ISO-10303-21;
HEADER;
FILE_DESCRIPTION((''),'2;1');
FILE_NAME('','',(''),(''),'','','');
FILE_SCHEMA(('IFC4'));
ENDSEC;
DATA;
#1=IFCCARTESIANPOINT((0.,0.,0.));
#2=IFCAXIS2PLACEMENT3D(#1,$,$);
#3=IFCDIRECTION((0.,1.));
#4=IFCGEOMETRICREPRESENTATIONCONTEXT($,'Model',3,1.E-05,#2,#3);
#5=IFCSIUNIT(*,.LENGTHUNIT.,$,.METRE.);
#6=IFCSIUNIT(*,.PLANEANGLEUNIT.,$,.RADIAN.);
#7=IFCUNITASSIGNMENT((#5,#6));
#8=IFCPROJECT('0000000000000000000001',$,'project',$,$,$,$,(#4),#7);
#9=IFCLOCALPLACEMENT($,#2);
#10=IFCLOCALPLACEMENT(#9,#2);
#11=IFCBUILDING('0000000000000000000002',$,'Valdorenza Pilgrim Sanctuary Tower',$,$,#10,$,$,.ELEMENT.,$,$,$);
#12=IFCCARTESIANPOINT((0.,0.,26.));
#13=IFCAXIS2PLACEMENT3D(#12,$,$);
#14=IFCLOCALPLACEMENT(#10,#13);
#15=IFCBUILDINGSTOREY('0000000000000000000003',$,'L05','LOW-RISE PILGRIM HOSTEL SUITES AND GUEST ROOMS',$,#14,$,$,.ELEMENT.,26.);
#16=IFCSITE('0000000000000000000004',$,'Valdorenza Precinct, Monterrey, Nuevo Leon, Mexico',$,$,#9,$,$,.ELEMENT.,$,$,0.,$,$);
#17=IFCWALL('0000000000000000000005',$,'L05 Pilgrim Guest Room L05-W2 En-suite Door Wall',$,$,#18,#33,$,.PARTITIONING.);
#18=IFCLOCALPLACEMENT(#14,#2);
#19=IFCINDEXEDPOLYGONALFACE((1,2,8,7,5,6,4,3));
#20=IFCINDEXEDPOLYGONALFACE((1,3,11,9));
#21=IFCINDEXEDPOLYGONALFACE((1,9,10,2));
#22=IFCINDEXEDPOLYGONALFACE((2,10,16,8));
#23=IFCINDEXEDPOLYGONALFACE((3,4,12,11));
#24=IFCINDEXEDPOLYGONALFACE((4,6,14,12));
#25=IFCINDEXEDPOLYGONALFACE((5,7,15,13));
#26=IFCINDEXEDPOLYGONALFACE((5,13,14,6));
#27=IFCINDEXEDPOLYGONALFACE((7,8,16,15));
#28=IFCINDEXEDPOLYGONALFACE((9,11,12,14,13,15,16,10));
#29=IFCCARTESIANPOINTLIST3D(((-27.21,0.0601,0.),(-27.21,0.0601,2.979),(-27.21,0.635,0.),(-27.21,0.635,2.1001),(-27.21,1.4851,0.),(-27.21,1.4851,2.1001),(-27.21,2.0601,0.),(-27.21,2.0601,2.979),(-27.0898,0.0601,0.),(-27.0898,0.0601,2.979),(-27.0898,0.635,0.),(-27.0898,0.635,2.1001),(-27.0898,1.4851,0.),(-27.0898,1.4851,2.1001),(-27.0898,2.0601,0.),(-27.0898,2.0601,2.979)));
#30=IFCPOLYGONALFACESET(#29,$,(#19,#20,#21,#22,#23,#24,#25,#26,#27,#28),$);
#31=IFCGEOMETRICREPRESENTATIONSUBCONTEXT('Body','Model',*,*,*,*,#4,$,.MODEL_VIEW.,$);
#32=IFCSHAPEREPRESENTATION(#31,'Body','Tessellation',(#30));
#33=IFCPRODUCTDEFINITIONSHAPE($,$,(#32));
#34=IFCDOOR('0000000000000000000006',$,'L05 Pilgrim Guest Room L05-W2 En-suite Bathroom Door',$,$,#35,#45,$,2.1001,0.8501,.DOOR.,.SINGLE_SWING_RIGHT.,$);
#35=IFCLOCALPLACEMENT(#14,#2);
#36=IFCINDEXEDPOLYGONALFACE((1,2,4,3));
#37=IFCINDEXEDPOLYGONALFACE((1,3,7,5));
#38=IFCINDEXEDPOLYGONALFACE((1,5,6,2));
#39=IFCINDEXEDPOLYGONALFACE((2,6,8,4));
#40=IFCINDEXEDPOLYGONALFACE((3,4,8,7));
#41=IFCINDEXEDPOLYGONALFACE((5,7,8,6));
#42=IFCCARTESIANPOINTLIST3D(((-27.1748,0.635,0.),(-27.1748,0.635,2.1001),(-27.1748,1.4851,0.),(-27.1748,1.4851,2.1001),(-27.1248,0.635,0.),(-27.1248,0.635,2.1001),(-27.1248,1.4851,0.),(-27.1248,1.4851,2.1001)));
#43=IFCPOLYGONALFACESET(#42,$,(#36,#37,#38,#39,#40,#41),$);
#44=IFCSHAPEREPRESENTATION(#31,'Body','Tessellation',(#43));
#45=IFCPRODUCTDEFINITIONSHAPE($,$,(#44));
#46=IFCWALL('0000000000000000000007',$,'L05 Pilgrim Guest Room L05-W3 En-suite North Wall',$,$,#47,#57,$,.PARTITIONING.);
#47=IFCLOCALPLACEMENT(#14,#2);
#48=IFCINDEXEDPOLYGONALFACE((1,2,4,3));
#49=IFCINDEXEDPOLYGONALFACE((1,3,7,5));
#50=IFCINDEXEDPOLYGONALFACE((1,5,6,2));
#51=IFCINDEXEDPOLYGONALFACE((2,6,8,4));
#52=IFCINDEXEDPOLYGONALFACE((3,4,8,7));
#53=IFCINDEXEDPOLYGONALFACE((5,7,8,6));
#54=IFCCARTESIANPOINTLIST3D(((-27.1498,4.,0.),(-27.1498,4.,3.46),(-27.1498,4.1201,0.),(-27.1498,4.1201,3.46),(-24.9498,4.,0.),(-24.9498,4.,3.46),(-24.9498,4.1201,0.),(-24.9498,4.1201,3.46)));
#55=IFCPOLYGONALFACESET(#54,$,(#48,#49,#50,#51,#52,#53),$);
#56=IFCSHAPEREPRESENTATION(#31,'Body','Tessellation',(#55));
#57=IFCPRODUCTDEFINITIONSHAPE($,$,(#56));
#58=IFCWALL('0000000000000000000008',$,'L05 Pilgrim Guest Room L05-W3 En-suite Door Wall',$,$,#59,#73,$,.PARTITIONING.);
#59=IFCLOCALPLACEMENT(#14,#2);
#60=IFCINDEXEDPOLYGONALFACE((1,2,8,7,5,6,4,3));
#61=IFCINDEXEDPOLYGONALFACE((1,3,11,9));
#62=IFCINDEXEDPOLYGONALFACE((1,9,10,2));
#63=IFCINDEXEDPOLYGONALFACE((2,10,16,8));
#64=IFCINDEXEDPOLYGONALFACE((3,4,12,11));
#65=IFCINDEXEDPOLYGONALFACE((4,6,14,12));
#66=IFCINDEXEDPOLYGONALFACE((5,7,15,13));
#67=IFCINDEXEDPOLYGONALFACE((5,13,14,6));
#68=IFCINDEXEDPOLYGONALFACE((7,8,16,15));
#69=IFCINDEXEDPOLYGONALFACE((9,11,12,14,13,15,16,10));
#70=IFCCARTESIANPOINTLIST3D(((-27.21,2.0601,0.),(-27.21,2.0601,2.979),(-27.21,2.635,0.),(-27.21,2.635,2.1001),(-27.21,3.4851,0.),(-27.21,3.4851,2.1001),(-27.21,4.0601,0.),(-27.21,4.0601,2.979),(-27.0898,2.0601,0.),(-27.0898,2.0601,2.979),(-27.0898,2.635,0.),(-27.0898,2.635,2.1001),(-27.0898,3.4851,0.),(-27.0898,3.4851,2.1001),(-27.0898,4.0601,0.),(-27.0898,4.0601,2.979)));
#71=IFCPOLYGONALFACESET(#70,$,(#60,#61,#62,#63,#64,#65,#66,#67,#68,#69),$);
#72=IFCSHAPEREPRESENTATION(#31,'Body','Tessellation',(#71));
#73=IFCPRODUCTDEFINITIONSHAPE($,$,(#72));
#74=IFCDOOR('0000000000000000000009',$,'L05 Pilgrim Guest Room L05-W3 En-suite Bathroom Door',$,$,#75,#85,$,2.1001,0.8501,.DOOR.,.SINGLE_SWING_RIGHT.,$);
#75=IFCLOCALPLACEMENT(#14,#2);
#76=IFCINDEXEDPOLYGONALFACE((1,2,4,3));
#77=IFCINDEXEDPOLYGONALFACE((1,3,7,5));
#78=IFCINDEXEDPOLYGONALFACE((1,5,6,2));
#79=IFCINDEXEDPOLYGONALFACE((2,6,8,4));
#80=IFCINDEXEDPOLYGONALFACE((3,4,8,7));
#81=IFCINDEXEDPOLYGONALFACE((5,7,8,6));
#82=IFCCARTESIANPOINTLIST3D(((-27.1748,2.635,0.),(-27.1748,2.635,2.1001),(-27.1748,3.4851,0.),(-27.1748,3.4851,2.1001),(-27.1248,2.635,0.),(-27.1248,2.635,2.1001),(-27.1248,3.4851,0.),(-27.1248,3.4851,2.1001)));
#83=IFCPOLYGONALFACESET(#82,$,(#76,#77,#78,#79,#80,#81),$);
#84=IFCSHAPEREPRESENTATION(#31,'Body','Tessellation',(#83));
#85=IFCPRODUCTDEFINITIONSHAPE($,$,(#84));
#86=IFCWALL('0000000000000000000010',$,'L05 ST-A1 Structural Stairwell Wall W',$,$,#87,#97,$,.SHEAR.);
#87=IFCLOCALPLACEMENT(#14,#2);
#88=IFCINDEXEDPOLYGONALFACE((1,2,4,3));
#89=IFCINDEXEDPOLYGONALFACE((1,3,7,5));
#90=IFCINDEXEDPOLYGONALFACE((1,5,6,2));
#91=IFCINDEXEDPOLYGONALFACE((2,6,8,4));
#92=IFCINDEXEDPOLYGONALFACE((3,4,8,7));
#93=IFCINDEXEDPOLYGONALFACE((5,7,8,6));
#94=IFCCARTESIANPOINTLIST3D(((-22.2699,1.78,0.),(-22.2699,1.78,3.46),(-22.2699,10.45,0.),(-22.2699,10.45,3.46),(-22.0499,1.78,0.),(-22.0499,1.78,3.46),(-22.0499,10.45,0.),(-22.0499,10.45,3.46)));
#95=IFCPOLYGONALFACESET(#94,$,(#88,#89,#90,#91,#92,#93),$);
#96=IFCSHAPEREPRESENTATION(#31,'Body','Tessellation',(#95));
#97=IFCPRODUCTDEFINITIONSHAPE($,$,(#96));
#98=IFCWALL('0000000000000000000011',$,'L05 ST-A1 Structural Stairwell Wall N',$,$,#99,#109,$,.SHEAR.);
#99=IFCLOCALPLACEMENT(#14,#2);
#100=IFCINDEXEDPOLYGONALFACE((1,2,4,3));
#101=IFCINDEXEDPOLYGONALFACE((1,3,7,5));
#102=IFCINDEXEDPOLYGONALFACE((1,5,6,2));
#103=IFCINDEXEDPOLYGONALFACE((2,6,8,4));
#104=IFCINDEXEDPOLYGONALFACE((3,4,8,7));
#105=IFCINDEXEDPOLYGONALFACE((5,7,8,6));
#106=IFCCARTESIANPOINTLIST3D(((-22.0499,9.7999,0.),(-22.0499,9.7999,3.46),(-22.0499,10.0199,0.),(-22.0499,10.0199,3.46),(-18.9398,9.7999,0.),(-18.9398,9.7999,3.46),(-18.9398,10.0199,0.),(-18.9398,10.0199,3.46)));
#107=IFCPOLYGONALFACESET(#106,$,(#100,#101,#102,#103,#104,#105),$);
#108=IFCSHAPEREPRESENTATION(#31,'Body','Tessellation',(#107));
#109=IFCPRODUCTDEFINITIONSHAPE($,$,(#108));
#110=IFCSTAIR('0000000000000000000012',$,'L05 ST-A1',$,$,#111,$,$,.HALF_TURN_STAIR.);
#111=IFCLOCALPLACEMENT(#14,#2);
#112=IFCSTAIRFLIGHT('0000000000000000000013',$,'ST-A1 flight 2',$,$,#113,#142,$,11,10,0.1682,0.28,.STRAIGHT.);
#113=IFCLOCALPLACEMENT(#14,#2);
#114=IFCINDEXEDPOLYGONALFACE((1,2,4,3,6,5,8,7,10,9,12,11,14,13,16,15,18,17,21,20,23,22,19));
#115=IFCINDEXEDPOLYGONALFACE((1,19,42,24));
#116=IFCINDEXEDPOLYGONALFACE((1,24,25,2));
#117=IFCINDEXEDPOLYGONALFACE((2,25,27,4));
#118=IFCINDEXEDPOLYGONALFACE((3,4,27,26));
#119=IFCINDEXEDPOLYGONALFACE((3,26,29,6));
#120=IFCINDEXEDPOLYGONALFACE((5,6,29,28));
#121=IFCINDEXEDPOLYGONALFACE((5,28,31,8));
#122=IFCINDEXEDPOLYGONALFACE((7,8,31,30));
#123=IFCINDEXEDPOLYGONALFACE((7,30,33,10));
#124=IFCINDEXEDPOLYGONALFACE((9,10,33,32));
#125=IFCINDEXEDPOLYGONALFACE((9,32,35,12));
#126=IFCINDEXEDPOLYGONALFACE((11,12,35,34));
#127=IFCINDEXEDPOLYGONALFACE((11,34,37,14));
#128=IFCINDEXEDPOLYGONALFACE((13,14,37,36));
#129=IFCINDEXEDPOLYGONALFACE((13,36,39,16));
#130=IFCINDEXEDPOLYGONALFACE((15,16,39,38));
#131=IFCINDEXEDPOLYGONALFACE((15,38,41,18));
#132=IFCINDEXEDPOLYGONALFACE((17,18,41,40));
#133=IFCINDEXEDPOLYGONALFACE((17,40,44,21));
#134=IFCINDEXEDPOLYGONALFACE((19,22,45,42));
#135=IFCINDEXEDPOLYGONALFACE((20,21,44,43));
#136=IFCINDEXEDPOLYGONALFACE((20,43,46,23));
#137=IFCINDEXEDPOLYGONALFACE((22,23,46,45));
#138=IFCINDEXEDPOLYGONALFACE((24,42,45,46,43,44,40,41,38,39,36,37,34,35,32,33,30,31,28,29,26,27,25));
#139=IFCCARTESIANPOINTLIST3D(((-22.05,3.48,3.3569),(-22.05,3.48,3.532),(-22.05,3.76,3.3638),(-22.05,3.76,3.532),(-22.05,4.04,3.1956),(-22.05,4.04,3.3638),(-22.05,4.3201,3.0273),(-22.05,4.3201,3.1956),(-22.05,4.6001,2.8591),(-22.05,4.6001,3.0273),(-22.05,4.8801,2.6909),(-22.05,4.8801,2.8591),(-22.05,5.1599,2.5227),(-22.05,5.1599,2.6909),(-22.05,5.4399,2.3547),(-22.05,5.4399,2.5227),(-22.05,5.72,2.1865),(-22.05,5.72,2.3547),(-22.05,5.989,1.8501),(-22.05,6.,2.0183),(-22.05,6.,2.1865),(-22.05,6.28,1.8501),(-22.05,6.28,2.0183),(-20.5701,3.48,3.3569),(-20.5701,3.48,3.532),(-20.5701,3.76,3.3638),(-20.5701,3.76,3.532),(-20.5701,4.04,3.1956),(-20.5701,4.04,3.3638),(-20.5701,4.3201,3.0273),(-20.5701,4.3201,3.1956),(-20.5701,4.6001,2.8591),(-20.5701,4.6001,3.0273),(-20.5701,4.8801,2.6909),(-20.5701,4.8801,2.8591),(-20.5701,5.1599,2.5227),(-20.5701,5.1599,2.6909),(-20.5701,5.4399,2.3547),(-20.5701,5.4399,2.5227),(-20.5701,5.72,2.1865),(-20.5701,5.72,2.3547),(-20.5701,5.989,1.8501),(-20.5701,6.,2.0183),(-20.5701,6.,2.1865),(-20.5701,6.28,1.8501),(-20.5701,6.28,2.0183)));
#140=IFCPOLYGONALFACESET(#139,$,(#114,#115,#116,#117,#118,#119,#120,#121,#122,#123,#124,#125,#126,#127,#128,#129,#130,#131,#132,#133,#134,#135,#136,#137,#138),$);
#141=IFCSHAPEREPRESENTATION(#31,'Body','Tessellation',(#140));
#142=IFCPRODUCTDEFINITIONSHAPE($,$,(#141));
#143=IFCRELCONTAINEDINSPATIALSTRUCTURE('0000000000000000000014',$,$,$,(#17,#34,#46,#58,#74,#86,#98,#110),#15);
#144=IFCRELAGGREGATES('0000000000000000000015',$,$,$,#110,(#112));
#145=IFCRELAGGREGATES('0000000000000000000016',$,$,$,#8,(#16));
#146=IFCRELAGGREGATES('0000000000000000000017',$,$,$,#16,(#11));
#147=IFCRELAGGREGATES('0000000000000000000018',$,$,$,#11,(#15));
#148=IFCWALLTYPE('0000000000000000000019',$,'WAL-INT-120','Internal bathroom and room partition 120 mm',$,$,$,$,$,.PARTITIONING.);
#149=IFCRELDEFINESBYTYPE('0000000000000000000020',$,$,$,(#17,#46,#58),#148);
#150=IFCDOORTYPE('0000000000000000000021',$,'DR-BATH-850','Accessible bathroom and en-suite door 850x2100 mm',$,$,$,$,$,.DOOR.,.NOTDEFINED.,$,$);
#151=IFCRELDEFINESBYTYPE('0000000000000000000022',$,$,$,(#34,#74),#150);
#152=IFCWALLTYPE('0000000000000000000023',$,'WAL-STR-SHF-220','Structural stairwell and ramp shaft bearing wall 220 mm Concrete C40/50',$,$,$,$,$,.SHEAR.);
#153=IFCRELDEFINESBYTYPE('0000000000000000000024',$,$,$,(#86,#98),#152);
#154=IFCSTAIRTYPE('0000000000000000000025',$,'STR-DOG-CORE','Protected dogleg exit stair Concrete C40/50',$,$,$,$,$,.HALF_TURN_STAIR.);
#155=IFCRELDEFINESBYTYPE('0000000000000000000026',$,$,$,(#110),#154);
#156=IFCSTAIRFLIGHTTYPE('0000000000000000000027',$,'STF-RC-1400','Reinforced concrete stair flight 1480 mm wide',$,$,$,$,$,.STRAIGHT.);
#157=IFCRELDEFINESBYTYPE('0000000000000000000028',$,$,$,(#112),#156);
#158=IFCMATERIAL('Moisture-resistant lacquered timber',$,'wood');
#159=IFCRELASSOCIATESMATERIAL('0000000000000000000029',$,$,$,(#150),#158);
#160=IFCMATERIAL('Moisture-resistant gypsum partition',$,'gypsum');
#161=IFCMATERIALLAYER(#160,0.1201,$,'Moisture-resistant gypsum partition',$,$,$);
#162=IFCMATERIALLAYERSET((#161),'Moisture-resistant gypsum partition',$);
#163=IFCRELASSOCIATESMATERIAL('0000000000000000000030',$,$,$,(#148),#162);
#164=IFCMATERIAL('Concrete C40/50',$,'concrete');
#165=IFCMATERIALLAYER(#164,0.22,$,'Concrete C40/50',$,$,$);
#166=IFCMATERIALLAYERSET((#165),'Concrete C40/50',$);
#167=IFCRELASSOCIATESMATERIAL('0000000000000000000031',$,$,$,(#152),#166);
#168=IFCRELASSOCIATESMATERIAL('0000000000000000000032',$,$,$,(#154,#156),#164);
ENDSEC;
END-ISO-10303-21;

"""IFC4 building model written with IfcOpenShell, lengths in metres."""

from ifc_helpers import new_model, si_unit, direction, frame, frame_2d, origin, place, context, subcontext, project, spatial, polyline, rectangle, outline, extrude, material, layer, layer_set, type_object, element, fill, aggregate, save


model = new_model("IFC4")

# Units and contexts
model_context = context("Model", 3, precision=1e-05, world=origin(), true_north=direction((0.0, 1.0)))
body_context = subcontext(model_context, "Body", "Model", "MODEL_VIEW")
ifc_project = project(units=[si_unit("LENGTHUNIT", "METRE"), si_unit("PLANEANGLEUNIT", "RADIAN")], contexts=[model_context])

# Site, building, storey
site_placement = place(None, origin())
site = spatial("IfcSite", under=ifc_project, at=site_placement, Name="Valdorenza Precinct, Monterrey, Nuevo Leon, Mexico", CompositionType="ELEMENT", RefElevation=0.0)
building_placement = place(site_placement, origin())
building = spatial("IfcBuilding", under=site, at=building_placement, Name="Valdorenza Pilgrim Sanctuary Tower", CompositionType="ELEMENT")
storey_placement = place(building_placement, frame((0.0, 0.0, 26.0)))
storey = spatial("IfcBuildingStorey", under=building, at=storey_placement, Name="L05", Description="LOW-RISE PILGRIM HOSTEL SUITES AND GUEST ROOMS", CompositionType="ELEMENT", Elevation=26.0)

# Shared definitions
ifc_material_1 = material(Name="Moisture-resistant lacquered timber", Category="wood")
door_type_1 = type_object("IfcDoorType", Name="DR-BATH-850", Description="Accessible bathroom and en-suite door 850x2100 mm", OperationType="NOTDEFINED", PredefinedType="DOOR", material=ifc_material_1)

# Shared definitions
ifc_material_2 = material(Name="Moisture-resistant gypsum partition", Category="gypsum")
ifc_layer_1 = layer(ifc_material_2, 0.1201, Name="Moisture-resistant gypsum partition")
ifc_layer_set_1 = layer_set([ifc_layer_1], Name="Moisture-resistant gypsum partition")
wall_type_1 = type_object("IfcWallType", Name="WAL-INT-120", Description="Internal bathroom and room partition 120 mm", PredefinedType="PARTITIONING", material=ifc_layer_set_1)

# Wall, opening, door
wall_1_placement = place(storey_placement, frame((-27.1499, 0.0601, 0.0), z_axis=(0.0, 0.0, 1.0), x_axis=(0.0, 1.0, 0.0)))
wall_1 = element("IfcWall", 1, at=wall_1_placement, inside=storey, type_object=wall_type_1, Name="L05 Pilgrim Guest Room L05-W2 En-suite Door Wall", PredefinedType="PARTITIONING", context=body_context, shape_type="SweptSolid", body=[
    extrude(rectangle(XDim=2.0, YDim=0.1201, at=frame_2d((1.0, 0.0))), origin(), (0.0, 0.0, 1.0), 2.979),
])
opening_1_placement = place(wall_1_placement, frame((0.575, 0.0, 0.0)))
opening_1 = element("IfcOpeningElement", 2, at=opening_1_placement, cuts=wall_1, PredefinedType="OPENING", context=body_context, shape_type="SweptSolid", body=[
    extrude(rectangle(XDim=0.8501, YDim=2.1001, at=frame_2d((0.425, 1.05))), frame((0.0, 0.075, 0.0), z_axis=(0.0, -1.0, 0.0), x_axis=(1.0, 0.0, 0.0)), (0.0, 0.0, 1.0), 0.1499),
])
door_1_placement = place(opening_1_placement, origin())
door_1 = element("IfcDoor", 3, at=door_1_placement, inside=storey, type_object=door_type_1, Name="L05 Pilgrim Guest Room L05-W2 En-suite Bathroom Door", OperationType="SINGLE_SWING_RIGHT", OverallHeight=2.1001, OverallWidth=0.8501, PredefinedType="DOOR", context=body_context, shape_type="SweptSolid", body=[
    extrude(rectangle(XDim=0.8501, YDim=2.1001, at=frame_2d((0.425, 1.05))), frame((0.0, 0.0249, 0.0), z_axis=(0.0, -1.0, 0.0), x_axis=(1.0, 0.0, 0.0)), (0.0, 0.0, 1.0), 0.05),
])
fill(opening_1, door_1)

# Wall
wall_2_placement = place(storey_placement, frame((-27.1499, 4.0601, 0.0), z_axis=(0.0, 0.0, 1.0), x_axis=(1.0, 0.0, 0.0)))
element("IfcWall", 4, at=wall_2_placement, inside=storey, type_object=wall_type_1, Name="L05 Pilgrim Guest Room L05-W3 En-suite North Wall", PredefinedType="PARTITIONING", context=body_context, shape_type="SweptSolid", body=[
    extrude(rectangle(XDim=2.2, YDim=0.1201, at=frame_2d((1.1001, 0.0))), origin(), (0.0, 0.0, 1.0), 3.46),
])

# Wall, opening, door
wall_3_placement = place(storey_placement, frame((-27.1499, 2.0601, 0.0), z_axis=(0.0, 0.0, 1.0), x_axis=(0.0, 1.0, 0.0)))
wall_3 = element("IfcWall", 5, at=wall_3_placement, inside=storey, type_object=wall_type_1, Name="L05 Pilgrim Guest Room L05-W3 En-suite Door Wall", PredefinedType="PARTITIONING", context=body_context, shape_type="SweptSolid", body=[
    extrude(rectangle(XDim=2.0, YDim=0.1201, at=frame_2d((1.0, 0.0))), origin(), (0.0, 0.0, 1.0), 2.979),
])
opening_2_placement = place(wall_3_placement, frame((0.575, 0.0, 0.0)))
opening_2 = element("IfcOpeningElement", 6, at=opening_2_placement, cuts=wall_3, PredefinedType="OPENING", context=body_context, shape_type="SweptSolid", body=[
    extrude(rectangle(XDim=0.8501, YDim=2.1001, at=frame_2d((0.425, 1.05))), frame((0.0, 0.075, 0.0), z_axis=(0.0, -1.0, 0.0), x_axis=(1.0, 0.0, 0.0)), (0.0, 0.0, 1.0), 0.1499),
])
door_2_placement = place(opening_2_placement, origin())
door_2 = element("IfcDoor", 7, at=door_2_placement, inside=storey, type_object=door_type_1, Name="L05 Pilgrim Guest Room L05-W3 En-suite Bathroom Door", OperationType="SINGLE_SWING_RIGHT", OverallHeight=2.1001, OverallWidth=0.8501, PredefinedType="DOOR", context=body_context, shape_type="SweptSolid", body=[
    extrude(rectangle(XDim=0.8501, YDim=2.1001, at=frame_2d((0.425, 1.05))), frame((0.0, 0.0249, 0.0), z_axis=(0.0, -1.0, 0.0), x_axis=(1.0, 0.0, 0.0)), (0.0, 0.0, 1.0), 0.05),
])
fill(opening_2, door_2)

# Wall
ifc_material_3 = material(Name="Concrete C40/50", Category="concrete")
ifc_layer_2 = layer(ifc_material_3, 0.22, Name="Concrete C40/50")
ifc_layer_set_2 = layer_set([ifc_layer_2], Name="Concrete C40/50")
wall_type_2 = type_object("IfcWallType", Name="WAL-STR-SHF-220", Description="Structural stairwell and ramp shaft bearing wall 220 mm Concrete C40/50", PredefinedType="SHEAR", material=ifc_layer_set_2)
wall_4_placement = place(storey_placement, frame((-22.1599, 1.78, 0.0), z_axis=(0.0, 0.0, 1.0), x_axis=(0.0, 1.0, 0.0)))
element("IfcWall", 8, at=wall_4_placement, inside=storey, type_object=wall_type_2, Name="L05 ST-A1 Structural Stairwell Wall W", PredefinedType="SHEAR", context=body_context, shape_type="SweptSolid", body=[
    extrude(rectangle(XDim=8.6699, YDim=0.22, at=frame_2d((4.335, 0.0))), origin(), (0.0, 0.0, 1.0), 3.46),
])

# Wall
wall_5_placement = place(storey_placement, frame((-22.05, 9.9099, 0.0), z_axis=(0.0, 0.0, 1.0), x_axis=(1.0, 0.0, 0.0)))
element("IfcWall", 9, at=wall_5_placement, inside=storey, type_object=wall_type_2, Name="L05 ST-A1 Structural Stairwell Wall N", PredefinedType="SHEAR", context=body_context, shape_type="SweptSolid", body=[
    extrude(rectangle(XDim=3.1101, YDim=0.22, at=frame_2d((1.5552, 0.0))), origin(), (0.0, 0.0, 1.0), 3.46),
])

# Stair, stair flight
stair_type = type_object("IfcStairType", Name="STR-DOG-CORE", Description="Protected dogleg exit stair Concrete C40/50", PredefinedType="HALF_TURN_STAIR", material=ifc_material_3)
stair_placement = place(storey_placement, origin())
stair = element("IfcStair", 10, at=stair_placement, inside=storey, type_object=stair_type, Name="L05 ST-A1", PredefinedType="HALF_TURN_STAIR")
stair_flight_type = type_object("IfcStairFlightType", Name="STF-RC-1400", Description="Reinforced concrete stair flight 1480 mm wide", PredefinedType="STRAIGHT", material=ifc_material_3)
stair_flight_placement = place(storey_placement, frame((-21.3101, 6.28, 1.8501), z_axis=(0.0, 0.0, 1.0), x_axis=(0.0, -1.0, 0.0)))
stair_flight = element("IfcStairFlight", 11, at=stair_flight_placement, type_object=stair_flight_type, Name="ST-A1 flight 2", NumberOfRisers=11, NumberOfTreads=10, PredefinedType="STRAIGHT", RiserHeight=0.1682, TreadLength=0.28, context=body_context, shape_type="SweptSolid", body=[
    extrude(outline(polyline([(0.0, 0.0), (0.0, 0.1682), (0.28, 0.1682), (0.28, 0.3364), (0.5601, 0.3364), (0.5601, 0.5046), (0.8401, 0.5046), (0.8401, 0.6726), (1.1201, 0.6726), (1.1201, 0.8408), (1.3999, 0.8408), (1.3999, 1.009), (1.6799, 1.009), (1.6799, 1.1772), (1.96, 1.1772), (1.96, 1.3455), (2.24, 1.3455), (2.24, 1.5137), (2.52, 1.5137), (2.52, 1.6819), (2.8, 1.6819), (2.8, 1.8501), (2.8, 1.5068), (0.291, 0.0), (0.0, 0.0)])), frame((0.0, 0.74, 0.0), z_axis=(0.0, -1.0, 0.0), x_axis=(1.0, 0.0, 0.0)), (0.0, 0.0, 1.0), 1.48),
])
aggregate(stair, [stair_flight])

save(model, "model.ifc")
